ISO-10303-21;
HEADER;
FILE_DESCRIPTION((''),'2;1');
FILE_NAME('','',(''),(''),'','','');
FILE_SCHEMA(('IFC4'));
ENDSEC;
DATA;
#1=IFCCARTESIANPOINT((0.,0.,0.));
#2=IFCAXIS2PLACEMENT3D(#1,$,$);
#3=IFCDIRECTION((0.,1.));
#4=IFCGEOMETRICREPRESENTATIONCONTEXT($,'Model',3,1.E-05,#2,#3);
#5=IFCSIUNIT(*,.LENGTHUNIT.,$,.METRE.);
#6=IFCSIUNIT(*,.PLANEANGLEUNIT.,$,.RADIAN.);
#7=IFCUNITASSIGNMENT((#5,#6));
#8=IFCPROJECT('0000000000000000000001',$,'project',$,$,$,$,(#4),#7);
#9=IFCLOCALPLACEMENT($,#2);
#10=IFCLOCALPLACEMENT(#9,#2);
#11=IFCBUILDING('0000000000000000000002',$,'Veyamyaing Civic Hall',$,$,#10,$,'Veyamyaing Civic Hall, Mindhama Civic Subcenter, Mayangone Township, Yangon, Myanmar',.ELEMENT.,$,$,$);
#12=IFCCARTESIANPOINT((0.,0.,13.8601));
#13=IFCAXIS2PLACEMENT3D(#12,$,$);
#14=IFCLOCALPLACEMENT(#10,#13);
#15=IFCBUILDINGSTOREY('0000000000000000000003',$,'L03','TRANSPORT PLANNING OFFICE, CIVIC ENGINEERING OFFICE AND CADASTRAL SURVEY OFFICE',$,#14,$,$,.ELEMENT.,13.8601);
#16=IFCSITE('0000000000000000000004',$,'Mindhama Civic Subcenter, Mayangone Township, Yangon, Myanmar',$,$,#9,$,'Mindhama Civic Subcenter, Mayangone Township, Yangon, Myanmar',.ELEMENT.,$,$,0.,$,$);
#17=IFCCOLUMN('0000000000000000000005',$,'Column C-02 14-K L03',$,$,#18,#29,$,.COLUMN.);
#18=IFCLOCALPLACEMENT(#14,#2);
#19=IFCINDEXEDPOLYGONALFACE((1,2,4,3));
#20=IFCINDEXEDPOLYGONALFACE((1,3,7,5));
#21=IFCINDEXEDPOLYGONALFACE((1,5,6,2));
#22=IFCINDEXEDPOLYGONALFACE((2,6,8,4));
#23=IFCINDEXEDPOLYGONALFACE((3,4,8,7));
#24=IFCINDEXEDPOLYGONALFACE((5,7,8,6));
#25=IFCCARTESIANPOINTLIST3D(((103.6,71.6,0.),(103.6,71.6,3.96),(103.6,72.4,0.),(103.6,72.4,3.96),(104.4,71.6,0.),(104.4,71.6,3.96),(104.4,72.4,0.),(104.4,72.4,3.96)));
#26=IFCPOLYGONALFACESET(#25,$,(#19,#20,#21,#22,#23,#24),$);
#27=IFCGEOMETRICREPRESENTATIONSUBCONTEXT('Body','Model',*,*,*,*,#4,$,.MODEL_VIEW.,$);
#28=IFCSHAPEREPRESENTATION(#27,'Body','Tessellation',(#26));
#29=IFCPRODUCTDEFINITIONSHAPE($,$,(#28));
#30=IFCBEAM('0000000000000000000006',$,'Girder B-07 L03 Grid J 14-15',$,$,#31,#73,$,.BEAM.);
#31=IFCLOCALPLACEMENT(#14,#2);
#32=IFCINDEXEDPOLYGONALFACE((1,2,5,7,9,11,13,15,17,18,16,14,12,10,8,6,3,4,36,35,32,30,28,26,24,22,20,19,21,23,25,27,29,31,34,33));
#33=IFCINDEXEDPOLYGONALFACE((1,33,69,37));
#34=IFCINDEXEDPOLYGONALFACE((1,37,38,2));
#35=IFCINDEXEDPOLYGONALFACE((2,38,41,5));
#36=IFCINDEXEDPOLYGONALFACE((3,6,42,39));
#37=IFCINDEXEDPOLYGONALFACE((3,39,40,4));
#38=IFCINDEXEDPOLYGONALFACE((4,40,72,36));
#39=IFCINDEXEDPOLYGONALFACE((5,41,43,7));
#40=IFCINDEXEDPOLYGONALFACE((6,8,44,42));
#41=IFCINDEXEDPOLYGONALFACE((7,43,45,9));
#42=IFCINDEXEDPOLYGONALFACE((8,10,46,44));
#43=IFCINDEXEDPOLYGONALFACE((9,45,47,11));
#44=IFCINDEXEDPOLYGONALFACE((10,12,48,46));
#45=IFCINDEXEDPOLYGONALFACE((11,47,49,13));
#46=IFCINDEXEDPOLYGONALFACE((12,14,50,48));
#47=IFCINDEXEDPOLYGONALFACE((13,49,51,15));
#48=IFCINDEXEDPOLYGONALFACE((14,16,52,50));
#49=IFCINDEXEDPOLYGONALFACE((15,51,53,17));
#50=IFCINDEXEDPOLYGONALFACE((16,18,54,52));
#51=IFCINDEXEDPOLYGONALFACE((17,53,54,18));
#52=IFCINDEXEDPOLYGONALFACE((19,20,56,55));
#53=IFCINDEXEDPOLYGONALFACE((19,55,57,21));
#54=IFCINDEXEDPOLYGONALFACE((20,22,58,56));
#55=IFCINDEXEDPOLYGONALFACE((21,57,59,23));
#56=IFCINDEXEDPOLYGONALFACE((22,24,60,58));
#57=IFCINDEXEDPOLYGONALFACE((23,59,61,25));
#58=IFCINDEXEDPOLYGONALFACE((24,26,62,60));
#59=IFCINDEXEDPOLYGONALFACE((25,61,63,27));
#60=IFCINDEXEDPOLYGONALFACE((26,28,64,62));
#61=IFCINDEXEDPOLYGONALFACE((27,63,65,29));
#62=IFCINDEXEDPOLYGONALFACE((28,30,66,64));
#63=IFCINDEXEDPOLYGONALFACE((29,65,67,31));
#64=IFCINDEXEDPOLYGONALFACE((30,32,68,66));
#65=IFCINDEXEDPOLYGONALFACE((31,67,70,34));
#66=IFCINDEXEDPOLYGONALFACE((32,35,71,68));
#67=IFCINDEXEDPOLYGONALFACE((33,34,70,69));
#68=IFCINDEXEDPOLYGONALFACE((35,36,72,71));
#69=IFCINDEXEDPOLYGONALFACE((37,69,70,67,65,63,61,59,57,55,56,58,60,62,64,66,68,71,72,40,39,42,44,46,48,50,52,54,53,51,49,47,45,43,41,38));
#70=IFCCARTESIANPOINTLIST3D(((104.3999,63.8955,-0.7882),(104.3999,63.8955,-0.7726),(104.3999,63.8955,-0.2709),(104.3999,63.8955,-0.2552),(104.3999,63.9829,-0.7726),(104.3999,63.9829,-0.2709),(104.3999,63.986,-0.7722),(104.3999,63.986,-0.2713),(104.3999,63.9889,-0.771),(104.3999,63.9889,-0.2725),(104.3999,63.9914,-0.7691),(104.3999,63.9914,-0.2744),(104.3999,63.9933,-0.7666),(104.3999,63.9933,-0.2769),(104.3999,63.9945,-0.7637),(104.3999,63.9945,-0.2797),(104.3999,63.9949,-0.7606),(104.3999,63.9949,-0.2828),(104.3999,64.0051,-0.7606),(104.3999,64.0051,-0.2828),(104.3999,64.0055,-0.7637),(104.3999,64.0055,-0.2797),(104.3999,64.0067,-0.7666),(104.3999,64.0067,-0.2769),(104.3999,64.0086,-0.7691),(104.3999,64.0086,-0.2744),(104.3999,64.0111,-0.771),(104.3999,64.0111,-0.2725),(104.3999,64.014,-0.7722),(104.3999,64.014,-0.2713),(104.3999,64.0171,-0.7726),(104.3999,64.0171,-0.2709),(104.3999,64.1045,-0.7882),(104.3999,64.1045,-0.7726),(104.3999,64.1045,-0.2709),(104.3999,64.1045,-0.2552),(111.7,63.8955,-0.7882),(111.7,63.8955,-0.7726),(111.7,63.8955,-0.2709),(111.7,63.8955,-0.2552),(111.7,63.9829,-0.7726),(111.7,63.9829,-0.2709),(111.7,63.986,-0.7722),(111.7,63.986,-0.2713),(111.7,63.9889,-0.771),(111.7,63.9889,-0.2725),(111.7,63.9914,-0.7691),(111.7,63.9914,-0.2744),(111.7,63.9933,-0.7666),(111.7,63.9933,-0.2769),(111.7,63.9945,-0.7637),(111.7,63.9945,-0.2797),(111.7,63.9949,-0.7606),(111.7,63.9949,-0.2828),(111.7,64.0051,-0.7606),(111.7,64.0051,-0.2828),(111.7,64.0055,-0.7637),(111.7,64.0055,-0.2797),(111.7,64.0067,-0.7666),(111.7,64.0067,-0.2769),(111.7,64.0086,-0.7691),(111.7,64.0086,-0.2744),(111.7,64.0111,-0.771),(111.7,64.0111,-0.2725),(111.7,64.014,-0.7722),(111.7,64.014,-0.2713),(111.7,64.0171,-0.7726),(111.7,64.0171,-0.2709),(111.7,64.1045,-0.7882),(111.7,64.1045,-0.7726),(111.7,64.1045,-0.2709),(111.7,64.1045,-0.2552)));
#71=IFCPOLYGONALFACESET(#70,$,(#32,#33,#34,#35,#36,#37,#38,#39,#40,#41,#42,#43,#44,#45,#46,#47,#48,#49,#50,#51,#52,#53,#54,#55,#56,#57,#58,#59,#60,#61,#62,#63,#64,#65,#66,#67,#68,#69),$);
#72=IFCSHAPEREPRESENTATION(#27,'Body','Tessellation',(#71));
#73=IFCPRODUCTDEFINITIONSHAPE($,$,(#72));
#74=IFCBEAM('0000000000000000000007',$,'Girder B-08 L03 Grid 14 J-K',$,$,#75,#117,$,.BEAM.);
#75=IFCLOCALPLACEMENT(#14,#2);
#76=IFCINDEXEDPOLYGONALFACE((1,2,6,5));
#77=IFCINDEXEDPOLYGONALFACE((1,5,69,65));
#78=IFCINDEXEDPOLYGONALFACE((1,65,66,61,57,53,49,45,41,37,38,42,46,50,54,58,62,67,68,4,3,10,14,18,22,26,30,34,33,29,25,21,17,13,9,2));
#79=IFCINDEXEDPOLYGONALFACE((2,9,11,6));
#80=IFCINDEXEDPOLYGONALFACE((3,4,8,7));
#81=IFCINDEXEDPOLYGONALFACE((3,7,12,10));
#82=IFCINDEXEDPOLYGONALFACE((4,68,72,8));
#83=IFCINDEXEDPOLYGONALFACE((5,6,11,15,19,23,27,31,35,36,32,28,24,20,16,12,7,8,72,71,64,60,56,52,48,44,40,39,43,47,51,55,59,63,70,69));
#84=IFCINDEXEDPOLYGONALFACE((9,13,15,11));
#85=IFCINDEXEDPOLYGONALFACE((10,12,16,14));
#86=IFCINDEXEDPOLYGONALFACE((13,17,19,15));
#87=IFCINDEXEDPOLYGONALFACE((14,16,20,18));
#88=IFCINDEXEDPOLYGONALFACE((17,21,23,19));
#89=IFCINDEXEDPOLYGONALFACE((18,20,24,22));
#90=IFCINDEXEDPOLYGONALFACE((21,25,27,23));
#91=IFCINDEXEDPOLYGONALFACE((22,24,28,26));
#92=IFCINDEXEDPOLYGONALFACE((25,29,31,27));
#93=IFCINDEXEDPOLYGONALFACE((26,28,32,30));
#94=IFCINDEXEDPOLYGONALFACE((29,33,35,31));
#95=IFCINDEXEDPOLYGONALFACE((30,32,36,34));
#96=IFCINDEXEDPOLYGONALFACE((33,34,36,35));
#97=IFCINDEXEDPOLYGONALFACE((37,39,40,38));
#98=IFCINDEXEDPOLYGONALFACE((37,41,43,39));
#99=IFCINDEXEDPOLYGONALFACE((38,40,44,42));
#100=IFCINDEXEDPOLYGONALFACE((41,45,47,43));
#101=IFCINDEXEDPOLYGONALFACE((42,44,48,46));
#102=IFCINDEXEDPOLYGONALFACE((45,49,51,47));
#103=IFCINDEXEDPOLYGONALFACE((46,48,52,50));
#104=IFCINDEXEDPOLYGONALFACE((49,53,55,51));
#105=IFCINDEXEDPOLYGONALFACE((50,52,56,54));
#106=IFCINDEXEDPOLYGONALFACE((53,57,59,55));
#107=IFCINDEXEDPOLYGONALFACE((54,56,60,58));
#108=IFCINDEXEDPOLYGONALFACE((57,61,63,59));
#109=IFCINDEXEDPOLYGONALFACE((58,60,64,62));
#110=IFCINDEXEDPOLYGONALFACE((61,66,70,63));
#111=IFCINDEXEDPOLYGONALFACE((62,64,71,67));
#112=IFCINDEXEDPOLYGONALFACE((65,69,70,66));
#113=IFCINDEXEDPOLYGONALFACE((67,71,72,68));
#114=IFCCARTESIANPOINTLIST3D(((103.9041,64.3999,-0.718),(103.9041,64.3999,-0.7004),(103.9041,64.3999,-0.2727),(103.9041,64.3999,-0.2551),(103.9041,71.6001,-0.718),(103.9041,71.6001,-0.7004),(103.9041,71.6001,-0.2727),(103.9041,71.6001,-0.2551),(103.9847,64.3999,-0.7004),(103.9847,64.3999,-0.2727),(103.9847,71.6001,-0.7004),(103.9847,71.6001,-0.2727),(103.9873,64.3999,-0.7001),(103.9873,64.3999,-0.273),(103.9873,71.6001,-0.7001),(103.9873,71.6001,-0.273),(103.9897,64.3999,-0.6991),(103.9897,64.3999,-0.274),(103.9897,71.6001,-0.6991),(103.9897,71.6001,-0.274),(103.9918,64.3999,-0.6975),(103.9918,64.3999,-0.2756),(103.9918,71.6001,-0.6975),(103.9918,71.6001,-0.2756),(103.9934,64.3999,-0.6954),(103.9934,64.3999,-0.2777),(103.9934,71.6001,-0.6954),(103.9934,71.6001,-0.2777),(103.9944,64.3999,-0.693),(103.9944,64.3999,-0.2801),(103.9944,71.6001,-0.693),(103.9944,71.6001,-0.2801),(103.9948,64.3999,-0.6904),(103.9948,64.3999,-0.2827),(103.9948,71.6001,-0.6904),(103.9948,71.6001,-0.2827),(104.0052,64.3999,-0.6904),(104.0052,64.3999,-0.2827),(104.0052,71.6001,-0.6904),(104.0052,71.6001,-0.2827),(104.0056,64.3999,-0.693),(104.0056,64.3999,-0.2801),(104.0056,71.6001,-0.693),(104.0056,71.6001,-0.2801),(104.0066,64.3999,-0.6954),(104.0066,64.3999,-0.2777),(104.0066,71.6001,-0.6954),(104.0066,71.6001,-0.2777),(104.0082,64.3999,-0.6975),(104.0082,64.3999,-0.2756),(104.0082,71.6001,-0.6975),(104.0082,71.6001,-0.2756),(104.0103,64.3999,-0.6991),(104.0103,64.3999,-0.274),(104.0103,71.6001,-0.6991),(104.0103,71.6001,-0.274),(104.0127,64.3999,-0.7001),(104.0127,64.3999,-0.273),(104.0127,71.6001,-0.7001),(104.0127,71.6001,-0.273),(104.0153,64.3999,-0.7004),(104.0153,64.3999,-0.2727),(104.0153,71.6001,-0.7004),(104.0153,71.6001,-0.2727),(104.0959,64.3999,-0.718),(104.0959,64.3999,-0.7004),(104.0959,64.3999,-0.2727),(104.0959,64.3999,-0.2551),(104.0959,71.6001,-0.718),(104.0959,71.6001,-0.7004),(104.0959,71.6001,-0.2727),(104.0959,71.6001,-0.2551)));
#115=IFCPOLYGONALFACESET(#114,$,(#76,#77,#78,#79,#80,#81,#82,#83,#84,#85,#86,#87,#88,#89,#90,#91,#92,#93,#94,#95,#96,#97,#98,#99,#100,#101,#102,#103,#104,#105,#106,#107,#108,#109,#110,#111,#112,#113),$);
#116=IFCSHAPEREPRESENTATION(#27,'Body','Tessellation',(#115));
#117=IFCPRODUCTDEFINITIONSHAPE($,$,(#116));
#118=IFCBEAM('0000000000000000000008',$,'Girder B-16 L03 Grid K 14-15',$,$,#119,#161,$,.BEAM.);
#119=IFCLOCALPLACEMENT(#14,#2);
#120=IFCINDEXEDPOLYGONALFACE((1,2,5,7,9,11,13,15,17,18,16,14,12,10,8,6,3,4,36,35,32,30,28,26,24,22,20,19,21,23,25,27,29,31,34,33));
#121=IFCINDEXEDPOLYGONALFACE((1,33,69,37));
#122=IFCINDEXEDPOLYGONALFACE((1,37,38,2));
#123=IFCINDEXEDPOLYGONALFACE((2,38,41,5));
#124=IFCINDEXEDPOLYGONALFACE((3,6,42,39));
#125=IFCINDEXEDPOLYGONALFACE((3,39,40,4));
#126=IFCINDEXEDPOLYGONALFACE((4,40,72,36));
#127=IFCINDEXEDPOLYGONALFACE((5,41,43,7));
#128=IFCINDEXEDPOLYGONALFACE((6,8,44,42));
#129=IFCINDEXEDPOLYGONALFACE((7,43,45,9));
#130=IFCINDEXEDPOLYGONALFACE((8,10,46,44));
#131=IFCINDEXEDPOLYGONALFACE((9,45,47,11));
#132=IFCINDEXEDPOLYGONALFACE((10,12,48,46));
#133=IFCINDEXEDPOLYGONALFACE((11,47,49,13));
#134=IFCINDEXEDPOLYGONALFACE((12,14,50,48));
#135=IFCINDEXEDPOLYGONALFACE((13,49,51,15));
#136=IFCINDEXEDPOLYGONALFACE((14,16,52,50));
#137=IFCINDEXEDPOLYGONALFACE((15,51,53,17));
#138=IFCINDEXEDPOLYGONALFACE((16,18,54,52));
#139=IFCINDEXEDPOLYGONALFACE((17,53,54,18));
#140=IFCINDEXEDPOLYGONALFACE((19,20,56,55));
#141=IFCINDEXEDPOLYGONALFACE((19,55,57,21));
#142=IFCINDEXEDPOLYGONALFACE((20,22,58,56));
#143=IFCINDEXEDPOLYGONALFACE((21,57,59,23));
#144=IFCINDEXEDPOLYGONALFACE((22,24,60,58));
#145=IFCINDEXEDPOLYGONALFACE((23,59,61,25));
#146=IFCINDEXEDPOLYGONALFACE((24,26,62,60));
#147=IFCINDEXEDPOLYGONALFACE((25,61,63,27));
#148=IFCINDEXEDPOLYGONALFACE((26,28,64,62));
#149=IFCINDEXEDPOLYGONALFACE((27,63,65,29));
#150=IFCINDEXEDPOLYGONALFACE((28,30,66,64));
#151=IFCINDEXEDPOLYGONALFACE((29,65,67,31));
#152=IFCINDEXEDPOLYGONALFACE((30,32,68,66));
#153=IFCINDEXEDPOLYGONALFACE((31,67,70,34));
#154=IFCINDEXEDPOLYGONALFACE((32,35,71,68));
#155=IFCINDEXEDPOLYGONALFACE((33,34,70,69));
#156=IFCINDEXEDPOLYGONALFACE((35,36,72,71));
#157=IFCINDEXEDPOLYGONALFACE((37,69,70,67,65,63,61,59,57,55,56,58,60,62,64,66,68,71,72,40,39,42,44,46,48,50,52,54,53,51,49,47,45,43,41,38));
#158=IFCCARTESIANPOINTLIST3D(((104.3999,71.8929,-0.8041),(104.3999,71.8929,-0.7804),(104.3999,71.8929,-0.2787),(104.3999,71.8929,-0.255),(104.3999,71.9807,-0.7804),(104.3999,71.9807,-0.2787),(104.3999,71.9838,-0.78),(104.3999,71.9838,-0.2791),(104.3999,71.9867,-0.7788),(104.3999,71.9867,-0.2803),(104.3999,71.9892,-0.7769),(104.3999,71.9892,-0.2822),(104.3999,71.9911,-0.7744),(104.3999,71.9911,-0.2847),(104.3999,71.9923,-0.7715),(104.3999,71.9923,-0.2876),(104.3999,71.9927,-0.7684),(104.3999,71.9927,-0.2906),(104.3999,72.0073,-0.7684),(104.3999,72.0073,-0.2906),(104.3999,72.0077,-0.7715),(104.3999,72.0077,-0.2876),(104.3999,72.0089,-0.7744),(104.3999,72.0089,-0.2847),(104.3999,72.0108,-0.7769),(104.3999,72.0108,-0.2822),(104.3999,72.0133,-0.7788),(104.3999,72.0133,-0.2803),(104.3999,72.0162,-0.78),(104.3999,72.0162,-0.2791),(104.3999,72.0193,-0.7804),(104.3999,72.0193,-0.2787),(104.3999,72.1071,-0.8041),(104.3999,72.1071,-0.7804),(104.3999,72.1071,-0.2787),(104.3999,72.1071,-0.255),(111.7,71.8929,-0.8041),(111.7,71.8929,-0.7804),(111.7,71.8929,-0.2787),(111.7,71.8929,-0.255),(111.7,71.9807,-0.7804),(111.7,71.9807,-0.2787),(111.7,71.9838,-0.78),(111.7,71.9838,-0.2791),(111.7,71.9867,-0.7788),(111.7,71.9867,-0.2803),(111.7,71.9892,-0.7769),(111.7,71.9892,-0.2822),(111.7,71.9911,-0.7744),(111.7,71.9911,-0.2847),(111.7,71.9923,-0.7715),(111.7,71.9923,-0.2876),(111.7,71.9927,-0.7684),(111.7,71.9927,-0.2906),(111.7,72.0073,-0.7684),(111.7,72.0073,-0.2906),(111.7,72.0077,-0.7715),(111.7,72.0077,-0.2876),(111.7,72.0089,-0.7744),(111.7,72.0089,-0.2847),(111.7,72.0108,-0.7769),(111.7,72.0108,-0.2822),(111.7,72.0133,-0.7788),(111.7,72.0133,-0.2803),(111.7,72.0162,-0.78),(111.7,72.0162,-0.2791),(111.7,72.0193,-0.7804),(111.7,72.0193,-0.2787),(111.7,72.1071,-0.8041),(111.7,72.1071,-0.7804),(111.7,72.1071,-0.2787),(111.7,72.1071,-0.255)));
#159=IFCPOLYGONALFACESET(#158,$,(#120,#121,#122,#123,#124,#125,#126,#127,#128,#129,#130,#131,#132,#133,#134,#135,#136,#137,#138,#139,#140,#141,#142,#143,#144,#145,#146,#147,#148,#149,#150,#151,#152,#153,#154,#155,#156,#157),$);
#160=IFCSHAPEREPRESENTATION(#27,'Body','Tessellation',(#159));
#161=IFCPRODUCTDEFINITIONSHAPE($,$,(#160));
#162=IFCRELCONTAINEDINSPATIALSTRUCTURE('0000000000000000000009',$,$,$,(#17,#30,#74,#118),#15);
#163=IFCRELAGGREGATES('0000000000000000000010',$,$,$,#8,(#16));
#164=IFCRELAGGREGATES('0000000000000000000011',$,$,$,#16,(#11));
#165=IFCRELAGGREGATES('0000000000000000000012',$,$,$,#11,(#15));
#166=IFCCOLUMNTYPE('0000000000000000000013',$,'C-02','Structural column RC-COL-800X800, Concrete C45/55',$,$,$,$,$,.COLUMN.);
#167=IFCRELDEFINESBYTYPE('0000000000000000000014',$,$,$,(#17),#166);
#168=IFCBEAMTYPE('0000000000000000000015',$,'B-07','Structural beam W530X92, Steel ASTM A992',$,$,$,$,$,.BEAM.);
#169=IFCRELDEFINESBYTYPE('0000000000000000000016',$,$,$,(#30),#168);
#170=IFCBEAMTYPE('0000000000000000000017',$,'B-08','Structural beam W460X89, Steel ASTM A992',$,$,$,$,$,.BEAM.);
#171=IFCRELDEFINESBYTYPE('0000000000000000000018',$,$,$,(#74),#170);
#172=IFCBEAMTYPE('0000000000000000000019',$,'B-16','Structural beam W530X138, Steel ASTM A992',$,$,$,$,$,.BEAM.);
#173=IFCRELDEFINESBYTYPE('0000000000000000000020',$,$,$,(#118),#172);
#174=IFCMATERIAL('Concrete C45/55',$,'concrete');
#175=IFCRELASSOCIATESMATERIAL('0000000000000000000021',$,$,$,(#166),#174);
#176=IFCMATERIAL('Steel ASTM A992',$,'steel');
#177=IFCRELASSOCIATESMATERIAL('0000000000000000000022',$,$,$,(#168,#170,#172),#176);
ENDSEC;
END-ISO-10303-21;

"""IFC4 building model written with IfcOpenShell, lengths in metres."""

from ifc_helpers import new_model, si_unit, direction, frame, origin, origin_2d, place, context, subcontext, project, spatial, rectangle, i_section, extrude, material, material_profile, profile_set, type_object, element, save


model = new_model("IFC4")

# Units and contexts
model_context = context("Model", 3, precision=1e-05, world=origin(), true_north=direction((0.0, 1.0)))
body_context = subcontext(model_context, "Body", "Model", "MODEL_VIEW")
ifc_project = project(units=[si_unit("LENGTHUNIT", "METRE"), si_unit("PLANEANGLEUNIT", "RADIAN")], contexts=[model_context])

# Site, building, storey
site_placement = place(None, origin())
site = spatial("IfcSite", under=ifc_project, at=site_placement, Name="Mindhama Civic Subcenter, Mayangone Township, Yangon, Myanmar", LongName="Mindhama Civic Subcenter, Mayangone Township, Yangon, Myanmar", CompositionType="ELEMENT", RefElevation=0.0)
building_placement = place(site_placement, origin())
building = spatial("IfcBuilding", under=site, at=building_placement, Name="Veyamyaing Civic Hall", LongName="Veyamyaing Civic Hall, Mindhama Civic Subcenter, Mayangone Township, Yangon, Myanmar", CompositionType="ELEMENT")
storey_placement = place(building_placement, frame((0.0, 0.0, 13.8601)))
storey = spatial("IfcBuildingStorey", under=building, at=storey_placement, Name="L03", Description="TRANSPORT PLANNING OFFICE, CIVIC ENGINEERING OFFICE AND CADASTRAL SURVEY OFFICE", CompositionType="ELEMENT", Elevation=13.8601)

# Column
ifc_material_1 = material(Name="Concrete C45/55", Category="concrete")
ifc_material_profile_1 = material_profile(ifc_material_1, rectangle(XDim=0.8, YDim=0.8, at=origin_2d()), Name="RC-COL-800X800")
ifc_profile_set_1 = profile_set([ifc_material_profile_1], Name="Concrete C45/55")
column_type = type_object("IfcColumnType", Name="C-02", Description="Structural column RC-COL-800X800, Concrete C45/55", PredefinedType="COLUMN", material=ifc_profile_set_1)
column_placement = place(storey_placement, frame((104.0, 72.0, 0.0), z_axis=(0.0, 0.0, 1.0), x_axis=(1.0, 0.0, 0.0)))
element("IfcColumn", 1, at=column_placement, inside=storey, type_object=column_type, Name="Column C-02 14-K L03", PredefinedType="COLUMN", context=body_context, shape_type="SweptSolid", body=[
    extrude(rectangle(XDim=0.8, YDim=0.8, at=origin_2d()), origin(), (0.0, 0.0, 1.0), 3.96),
])

# Beams
ifc_material_2 = material(Name="Steel ASTM A992", Category="steel")
ifc_material_profile_2 = material_profile(ifc_material_2, i_section(OverallWidth=0.209, OverallDepth=0.533, WebThickness=0.0103, FlangeThickness=0.0156, FilletRadius=0.012, at=origin_2d()), Name="W530X92")
ifc_profile_set_2 = profile_set([ifc_material_profile_2], Name="Steel ASTM A992")
beam_type_1 = type_object("IfcBeamType", Name="B-07", Description="Structural beam W530X92, Steel ASTM A992", PredefinedType="BEAM", material=ifc_profile_set_2)
beam_1_placement = place(storey_placement, frame((104.3999, 64.0, -0.5217), z_axis=(1.0, 0.0, 0.0), x_axis=(0.0, 1.0, 0.0)))
element("IfcBeam", 2, at=beam_1_placement, inside=storey, type_object=beam_type_1, Name="Girder B-07 L03 Grid J 14-15", PredefinedType="BEAM", context=body_context, shape_type="SweptSolid", body=[
    extrude(i_section(OverallWidth=0.209, OverallDepth=0.533, WebThickness=0.0103, FlangeThickness=0.0156, FilletRadius=0.012, at=origin_2d()), origin(), (0.0, 0.0, 1.0), 7.3),
])
ifc_material_profile_3 = material_profile(ifc_material_2, i_section(OverallWidth=0.1919, OverallDepth=0.4629, WebThickness=0.0105, FlangeThickness=0.0176, FilletRadius=0.01, at=origin_2d()), Name="W460X89")
ifc_profile_set_3 = profile_set([ifc_material_profile_3], Name="Steel ASTM A992")
beam_type_2 = type_object("IfcBeamType", Name="B-08", Description="Structural beam W460X89, Steel ASTM A992", PredefinedType="BEAM", material=ifc_profile_set_3)
beam_2_placement = place(storey_placement, frame((104.0, 64.3999, -0.4866), z_axis=(0.0, 1.0, 0.0), x_axis=(-1.0, 0.0, 0.0)))
element("IfcBeam", 3, at=beam_2_placement, inside=storey, type_object=beam_type_2, Name="Girder B-08 L03 Grid 14 J-K", PredefinedType="BEAM", context=body_context, shape_type="SweptSolid", body=[
    extrude(i_section(OverallWidth=0.1919, OverallDepth=0.4629, WebThickness=0.0105, FlangeThickness=0.0176, FilletRadius=0.01, at=origin_2d()), origin(), (0.0, 0.0, 1.0), 7.2002),
])
ifc_material_profile_4 = material_profile(ifc_material_2, i_section(OverallWidth=0.2141, OverallDepth=0.5491, WebThickness=0.0146, FlangeThickness=0.0237, FilletRadius=0.012, at=origin_2d()), Name="W530X138")
ifc_profile_set_4 = profile_set([ifc_material_profile_4], Name="Steel ASTM A992")
beam_type_3 = type_object("IfcBeamType", Name="B-16", Description="Structural beam W530X138, Steel ASTM A992", PredefinedType="BEAM", material=ifc_profile_set_4)
beam_3_placement = place(storey_placement, frame((104.3999, 72.0, -0.5295), z_axis=(1.0, 0.0, 0.0), x_axis=(0.0, 1.0, 0.0)))
element("IfcBeam", 4, at=beam_3_placement, inside=storey, type_object=beam_type_3, Name="Girder B-16 L03 Grid K 14-15", PredefinedType="BEAM", context=body_context, shape_type="SweptSolid", body=[
    extrude(i_section(OverallWidth=0.2141, OverallDepth=0.5491, WebThickness=0.0146, FlangeThickness=0.0237, FilletRadius=0.012, at=origin_2d()), origin(), (0.0, 0.0, 1.0), 7.3),
])

save(model, "model.ifc")
